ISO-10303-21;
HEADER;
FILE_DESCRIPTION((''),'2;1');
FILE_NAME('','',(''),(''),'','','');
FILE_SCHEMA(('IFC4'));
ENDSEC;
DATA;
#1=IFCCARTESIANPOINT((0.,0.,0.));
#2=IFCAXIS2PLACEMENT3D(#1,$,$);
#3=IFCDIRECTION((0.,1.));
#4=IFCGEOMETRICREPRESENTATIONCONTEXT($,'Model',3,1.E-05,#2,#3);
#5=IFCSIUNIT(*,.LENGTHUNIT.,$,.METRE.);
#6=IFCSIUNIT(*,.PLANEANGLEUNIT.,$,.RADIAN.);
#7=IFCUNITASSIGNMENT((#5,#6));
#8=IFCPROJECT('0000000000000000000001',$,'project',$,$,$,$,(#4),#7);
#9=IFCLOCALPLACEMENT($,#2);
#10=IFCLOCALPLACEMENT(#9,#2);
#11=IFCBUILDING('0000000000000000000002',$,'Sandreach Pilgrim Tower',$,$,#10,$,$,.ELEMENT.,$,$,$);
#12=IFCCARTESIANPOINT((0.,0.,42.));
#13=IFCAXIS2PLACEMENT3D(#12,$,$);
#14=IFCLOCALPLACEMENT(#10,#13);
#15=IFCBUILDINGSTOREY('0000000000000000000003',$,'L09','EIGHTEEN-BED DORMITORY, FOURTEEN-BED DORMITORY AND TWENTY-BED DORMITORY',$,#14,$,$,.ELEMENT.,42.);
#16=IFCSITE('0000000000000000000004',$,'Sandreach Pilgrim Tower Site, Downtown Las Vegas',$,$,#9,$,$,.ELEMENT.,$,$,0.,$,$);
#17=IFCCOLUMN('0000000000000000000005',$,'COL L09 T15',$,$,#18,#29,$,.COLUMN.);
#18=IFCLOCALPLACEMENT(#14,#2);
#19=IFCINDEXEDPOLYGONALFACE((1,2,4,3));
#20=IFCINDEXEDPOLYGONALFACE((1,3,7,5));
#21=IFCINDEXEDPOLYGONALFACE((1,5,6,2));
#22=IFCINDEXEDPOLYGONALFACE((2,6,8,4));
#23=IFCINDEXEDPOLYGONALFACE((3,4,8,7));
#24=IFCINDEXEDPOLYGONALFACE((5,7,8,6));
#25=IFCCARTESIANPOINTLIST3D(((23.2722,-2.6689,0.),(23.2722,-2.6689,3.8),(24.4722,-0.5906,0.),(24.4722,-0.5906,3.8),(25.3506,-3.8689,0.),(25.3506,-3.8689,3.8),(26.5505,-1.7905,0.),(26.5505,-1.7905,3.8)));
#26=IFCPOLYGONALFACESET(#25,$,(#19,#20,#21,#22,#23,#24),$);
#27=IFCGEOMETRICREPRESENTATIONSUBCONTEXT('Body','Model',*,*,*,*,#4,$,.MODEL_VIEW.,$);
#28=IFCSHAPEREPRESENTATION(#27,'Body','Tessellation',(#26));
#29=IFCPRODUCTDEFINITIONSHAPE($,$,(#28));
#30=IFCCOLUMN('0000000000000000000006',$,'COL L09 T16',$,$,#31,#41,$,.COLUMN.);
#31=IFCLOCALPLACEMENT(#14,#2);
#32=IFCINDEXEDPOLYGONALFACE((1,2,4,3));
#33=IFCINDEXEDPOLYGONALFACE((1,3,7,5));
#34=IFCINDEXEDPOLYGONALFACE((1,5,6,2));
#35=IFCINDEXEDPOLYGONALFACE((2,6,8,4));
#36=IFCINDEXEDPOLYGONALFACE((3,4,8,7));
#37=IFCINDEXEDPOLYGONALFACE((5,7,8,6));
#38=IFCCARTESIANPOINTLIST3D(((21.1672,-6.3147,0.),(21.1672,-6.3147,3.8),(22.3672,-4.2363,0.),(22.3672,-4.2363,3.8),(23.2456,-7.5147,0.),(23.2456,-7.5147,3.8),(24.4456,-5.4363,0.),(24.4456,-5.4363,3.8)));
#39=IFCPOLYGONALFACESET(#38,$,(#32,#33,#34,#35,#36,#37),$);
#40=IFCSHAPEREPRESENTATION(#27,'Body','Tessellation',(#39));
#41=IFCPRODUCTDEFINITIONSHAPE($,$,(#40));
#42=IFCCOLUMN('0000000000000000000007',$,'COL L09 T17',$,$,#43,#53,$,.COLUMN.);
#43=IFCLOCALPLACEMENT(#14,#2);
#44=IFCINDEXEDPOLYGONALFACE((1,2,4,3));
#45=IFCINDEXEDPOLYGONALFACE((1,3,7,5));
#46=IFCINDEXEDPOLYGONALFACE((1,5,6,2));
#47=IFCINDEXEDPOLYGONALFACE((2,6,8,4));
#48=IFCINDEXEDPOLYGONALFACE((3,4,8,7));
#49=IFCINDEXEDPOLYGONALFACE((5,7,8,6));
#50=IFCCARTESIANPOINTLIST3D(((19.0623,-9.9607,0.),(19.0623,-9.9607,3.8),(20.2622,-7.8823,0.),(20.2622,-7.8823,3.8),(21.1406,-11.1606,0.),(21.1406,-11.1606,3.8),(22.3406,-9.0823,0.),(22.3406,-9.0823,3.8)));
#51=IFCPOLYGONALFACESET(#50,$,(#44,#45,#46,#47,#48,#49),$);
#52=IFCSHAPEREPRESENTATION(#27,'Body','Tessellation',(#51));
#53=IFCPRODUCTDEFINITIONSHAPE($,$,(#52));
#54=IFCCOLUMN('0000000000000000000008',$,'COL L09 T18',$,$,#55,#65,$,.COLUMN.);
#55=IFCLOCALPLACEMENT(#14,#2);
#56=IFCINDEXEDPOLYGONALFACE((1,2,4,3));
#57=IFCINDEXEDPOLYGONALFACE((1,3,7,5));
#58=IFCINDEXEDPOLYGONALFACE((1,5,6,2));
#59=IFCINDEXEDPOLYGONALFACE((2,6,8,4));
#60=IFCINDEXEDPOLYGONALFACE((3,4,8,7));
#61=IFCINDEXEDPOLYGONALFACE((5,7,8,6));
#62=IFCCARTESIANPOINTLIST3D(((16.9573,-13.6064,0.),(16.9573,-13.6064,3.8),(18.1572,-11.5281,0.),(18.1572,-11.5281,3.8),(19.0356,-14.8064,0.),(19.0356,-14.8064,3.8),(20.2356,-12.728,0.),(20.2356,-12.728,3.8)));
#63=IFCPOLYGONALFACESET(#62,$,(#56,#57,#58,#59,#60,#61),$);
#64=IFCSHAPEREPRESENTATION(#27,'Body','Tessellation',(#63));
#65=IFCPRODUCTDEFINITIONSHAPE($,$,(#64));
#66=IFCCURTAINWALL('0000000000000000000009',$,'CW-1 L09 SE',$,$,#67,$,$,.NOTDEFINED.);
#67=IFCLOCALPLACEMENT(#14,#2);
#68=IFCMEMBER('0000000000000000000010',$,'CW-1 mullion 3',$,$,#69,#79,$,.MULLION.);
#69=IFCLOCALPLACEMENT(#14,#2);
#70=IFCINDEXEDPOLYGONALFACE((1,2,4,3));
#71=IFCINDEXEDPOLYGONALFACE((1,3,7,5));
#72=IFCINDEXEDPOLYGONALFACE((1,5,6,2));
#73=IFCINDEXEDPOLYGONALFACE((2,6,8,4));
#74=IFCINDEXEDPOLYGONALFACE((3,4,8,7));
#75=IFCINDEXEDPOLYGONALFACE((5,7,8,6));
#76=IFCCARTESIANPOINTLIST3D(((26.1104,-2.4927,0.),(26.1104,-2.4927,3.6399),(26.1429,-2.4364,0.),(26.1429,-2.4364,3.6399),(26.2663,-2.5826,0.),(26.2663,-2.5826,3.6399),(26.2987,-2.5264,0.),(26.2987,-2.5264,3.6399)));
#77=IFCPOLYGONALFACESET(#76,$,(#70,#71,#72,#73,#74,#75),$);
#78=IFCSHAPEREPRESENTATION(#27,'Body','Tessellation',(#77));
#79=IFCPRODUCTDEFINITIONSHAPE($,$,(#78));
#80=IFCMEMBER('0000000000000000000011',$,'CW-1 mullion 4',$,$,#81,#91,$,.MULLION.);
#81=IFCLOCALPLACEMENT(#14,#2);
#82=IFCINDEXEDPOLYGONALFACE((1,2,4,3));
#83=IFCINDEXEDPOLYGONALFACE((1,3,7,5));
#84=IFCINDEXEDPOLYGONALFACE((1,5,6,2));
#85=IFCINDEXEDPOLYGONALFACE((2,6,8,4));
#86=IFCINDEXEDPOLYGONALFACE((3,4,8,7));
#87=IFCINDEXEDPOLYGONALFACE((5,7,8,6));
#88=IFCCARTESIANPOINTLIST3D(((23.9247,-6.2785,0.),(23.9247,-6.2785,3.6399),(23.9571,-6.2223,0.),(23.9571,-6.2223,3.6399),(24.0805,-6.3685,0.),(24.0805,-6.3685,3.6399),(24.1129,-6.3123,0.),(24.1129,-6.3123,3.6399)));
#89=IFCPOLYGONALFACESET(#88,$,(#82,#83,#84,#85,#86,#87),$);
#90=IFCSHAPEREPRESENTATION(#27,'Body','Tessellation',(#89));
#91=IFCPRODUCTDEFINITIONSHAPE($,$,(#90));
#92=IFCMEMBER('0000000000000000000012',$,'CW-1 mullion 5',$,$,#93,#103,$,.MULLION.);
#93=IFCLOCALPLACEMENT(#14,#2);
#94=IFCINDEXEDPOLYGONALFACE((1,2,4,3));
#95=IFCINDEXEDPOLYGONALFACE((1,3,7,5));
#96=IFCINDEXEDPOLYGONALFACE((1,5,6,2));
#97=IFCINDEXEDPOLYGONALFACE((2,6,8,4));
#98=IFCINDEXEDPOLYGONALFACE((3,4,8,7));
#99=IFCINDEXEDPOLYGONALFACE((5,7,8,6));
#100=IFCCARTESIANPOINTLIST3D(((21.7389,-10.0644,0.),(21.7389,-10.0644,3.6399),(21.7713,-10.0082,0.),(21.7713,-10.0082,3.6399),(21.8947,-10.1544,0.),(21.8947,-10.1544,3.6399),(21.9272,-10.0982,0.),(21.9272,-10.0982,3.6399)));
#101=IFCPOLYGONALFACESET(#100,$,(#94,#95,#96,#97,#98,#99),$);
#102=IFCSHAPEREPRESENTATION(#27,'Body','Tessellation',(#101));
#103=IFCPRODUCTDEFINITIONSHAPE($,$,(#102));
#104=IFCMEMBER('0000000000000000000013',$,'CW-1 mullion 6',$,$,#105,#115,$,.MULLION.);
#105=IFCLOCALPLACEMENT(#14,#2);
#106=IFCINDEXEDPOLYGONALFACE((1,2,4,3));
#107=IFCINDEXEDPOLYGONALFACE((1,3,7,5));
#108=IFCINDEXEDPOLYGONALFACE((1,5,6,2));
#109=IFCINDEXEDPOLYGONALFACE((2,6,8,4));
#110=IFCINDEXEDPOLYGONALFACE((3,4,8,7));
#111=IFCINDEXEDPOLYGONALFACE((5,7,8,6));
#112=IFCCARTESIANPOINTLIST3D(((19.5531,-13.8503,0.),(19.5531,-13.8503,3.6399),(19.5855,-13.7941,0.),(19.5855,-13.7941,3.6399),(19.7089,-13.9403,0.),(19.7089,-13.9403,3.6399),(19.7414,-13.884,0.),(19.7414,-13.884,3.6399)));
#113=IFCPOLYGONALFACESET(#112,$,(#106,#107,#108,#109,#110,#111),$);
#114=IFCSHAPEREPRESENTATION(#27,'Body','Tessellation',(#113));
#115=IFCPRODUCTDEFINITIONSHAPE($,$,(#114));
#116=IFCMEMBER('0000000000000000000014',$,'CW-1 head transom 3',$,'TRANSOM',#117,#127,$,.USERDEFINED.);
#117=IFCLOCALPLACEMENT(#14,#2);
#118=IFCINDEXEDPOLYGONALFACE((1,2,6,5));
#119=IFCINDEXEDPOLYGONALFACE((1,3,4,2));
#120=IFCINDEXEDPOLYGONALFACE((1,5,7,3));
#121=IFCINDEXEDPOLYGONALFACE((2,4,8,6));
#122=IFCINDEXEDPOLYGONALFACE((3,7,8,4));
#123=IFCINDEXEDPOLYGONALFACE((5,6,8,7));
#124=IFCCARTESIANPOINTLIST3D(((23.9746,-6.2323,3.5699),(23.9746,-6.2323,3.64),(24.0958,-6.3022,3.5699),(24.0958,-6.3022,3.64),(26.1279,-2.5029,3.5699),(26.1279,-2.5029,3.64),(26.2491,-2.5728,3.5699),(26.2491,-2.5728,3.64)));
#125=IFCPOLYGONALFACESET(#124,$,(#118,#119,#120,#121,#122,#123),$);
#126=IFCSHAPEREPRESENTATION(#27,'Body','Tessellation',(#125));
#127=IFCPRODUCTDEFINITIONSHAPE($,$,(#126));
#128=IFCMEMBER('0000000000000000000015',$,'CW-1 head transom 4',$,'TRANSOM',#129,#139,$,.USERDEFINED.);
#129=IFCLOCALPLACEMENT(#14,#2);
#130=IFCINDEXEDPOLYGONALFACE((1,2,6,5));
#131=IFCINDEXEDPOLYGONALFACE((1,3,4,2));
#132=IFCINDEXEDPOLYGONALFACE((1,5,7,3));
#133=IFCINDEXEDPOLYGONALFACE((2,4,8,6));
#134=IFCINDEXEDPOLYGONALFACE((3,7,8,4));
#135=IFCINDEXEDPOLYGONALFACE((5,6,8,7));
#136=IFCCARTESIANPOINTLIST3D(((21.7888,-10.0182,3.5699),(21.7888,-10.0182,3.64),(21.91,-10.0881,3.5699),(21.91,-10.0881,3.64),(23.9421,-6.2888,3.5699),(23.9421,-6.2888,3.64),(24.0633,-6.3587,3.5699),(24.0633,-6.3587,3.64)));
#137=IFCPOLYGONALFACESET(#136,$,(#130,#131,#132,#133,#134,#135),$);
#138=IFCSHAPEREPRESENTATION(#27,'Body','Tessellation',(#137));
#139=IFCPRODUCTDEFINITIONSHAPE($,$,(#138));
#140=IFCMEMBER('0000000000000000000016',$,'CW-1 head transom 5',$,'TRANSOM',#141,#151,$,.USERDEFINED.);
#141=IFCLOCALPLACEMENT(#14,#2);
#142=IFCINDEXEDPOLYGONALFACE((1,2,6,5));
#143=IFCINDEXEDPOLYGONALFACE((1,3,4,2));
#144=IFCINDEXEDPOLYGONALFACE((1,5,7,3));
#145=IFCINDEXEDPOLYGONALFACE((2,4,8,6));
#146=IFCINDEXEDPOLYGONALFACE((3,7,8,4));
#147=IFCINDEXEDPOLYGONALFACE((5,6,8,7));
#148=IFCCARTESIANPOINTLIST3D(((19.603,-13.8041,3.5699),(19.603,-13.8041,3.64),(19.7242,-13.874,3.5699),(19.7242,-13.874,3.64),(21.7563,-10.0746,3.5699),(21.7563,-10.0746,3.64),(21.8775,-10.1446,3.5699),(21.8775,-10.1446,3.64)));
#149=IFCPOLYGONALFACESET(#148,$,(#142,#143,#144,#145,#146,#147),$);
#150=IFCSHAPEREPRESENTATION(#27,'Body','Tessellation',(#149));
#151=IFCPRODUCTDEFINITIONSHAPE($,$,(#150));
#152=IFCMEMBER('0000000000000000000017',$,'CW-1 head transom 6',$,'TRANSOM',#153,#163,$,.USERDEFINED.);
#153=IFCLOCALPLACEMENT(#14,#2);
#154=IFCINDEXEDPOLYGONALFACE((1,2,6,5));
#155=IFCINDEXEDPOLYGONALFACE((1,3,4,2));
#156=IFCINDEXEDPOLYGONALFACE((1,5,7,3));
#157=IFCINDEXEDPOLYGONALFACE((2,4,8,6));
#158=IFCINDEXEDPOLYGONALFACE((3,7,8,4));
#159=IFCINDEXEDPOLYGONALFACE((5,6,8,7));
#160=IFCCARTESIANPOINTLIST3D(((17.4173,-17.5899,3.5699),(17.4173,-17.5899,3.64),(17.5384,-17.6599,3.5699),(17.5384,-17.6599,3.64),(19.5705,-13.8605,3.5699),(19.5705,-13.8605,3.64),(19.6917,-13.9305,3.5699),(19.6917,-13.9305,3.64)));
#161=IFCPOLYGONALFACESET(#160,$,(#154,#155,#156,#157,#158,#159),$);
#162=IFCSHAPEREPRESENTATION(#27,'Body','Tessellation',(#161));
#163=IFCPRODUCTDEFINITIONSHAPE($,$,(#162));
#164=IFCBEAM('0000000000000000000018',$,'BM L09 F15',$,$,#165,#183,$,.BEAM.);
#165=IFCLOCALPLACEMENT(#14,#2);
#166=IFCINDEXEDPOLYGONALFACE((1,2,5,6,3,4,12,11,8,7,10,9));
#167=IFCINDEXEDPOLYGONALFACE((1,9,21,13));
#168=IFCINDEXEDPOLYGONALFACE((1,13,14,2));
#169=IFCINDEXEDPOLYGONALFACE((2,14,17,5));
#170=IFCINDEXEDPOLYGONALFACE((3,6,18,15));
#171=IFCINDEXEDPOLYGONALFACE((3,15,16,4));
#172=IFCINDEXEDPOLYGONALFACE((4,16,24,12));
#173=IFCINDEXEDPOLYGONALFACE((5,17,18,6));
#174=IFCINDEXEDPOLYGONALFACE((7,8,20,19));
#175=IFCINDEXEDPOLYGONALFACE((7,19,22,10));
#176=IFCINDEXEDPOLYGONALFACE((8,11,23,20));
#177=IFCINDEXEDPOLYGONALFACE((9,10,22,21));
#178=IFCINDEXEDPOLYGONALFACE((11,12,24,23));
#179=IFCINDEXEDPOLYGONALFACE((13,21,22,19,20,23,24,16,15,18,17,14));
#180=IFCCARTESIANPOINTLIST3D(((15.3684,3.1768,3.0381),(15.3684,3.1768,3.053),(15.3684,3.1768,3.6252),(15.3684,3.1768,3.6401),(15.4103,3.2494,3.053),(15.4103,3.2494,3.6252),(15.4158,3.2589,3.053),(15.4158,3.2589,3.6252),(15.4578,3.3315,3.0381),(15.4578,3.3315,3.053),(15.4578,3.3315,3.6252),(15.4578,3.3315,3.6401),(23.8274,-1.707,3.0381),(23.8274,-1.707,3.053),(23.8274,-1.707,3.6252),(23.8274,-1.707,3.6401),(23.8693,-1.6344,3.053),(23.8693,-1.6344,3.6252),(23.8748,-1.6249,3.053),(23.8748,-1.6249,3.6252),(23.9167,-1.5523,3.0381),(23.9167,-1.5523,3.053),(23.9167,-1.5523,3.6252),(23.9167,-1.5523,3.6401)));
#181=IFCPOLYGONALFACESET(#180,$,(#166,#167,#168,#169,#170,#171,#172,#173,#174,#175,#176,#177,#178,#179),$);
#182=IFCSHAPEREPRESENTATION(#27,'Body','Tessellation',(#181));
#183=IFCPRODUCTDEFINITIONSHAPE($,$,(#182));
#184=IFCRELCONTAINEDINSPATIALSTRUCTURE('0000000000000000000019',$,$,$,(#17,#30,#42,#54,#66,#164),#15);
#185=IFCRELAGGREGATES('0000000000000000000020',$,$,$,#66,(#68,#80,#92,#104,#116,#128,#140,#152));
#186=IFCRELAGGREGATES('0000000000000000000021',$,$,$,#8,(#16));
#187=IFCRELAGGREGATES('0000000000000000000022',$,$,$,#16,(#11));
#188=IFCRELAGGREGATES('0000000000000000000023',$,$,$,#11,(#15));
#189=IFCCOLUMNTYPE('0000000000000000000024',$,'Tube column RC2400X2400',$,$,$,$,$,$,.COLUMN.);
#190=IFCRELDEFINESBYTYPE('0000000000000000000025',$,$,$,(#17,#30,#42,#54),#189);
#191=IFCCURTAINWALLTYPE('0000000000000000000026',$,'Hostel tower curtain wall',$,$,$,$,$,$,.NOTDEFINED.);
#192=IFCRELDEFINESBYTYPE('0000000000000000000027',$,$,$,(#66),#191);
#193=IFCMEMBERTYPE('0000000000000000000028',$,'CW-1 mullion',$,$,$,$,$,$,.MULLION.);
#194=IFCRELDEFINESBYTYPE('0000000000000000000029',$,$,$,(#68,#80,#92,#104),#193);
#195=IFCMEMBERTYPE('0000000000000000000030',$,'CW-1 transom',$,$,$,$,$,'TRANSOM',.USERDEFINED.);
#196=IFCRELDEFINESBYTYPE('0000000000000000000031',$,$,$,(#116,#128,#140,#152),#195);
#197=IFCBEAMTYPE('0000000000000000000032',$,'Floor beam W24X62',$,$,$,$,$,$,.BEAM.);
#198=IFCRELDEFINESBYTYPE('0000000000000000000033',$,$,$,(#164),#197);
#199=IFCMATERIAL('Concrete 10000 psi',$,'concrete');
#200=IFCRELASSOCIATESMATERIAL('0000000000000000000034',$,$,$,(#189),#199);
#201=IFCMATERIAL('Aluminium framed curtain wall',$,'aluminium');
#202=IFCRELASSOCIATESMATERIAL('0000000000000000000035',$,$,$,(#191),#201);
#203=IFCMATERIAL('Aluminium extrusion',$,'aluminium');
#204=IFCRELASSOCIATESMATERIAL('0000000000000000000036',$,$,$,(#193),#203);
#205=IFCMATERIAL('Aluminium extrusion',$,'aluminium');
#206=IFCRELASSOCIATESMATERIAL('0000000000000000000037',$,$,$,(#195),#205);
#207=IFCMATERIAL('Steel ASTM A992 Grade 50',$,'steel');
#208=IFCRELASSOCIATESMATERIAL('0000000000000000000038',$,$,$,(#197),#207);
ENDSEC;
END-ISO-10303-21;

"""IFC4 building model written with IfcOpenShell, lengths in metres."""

from ifc_helpers import new_model, si_unit, direction, frame, origin, origin_2d, place, context, subcontext, project, spatial, rectangle, i_section, extrude, material, material_profile, profile_set, type_object, element, aggregate, save


model = new_model("IFC4")

# Units and contexts
model_context = context("Model", 3, precision=1e-05, world=origin(), true_north=direction((0.0, 1.0)))
body_context = subcontext(model_context, "Body", "Model", "MODEL_VIEW")
ifc_project = project(units=[si_unit("LENGTHUNIT", "METRE"), si_unit("PLANEANGLEUNIT", "RADIAN")], contexts=[model_context])

# Site, building, storey
site_placement = place(None, origin())
site = spatial("IfcSite", under=ifc_project, at=site_placement, Name="Sandreach Pilgrim Tower Site, Downtown Las Vegas", CompositionType="ELEMENT", RefElevation=0.0)
building_placement = place(site_placement, origin())
building = spatial("IfcBuilding", under=site, at=building_placement, Name="Sandreach Pilgrim Tower", CompositionType="ELEMENT")
storey_placement = place(building_placement, frame((0.0, 0.0, 42.0)))
storey = spatial("IfcBuildingStorey", under=building, at=storey_placement, Name="L09", Description="EIGHTEEN-BED DORMITORY, FOURTEEN-BED DORMITORY AND TWENTY-BED DORMITORY", CompositionType="ELEMENT", Elevation=42.0)

# Columns
ifc_material_1 = material(Name="Concrete 10000 psi", Category="concrete")
ifc_material_profile_1 = material_profile(ifc_material_1, rectangle(XDim=2.3999, YDim=2.3999, at=origin_2d()), Name="RC2400X2400")
ifc_profile_set_1 = profile_set([ifc_material_profile_1], Name="Concrete 10000 psi")
column_type = type_object("IfcColumnType", Name="Tube column RC2400X2400", PredefinedType="COLUMN", material=ifc_profile_set_1)
for number, where, z_axis, x_axis, name in (
    (1, (24.9114, -2.2297, 0.0), (0.0, 0.0, 1.0), (0.866025, -0.5, 0.0), "COL L09 T15"),
    (2, (22.8064, -5.8755, 0.0), (0.0, 0.0, 1.0), (0.866025, -0.5, 0.0), "COL L09 T16"),
    (3, (20.7014, -9.5215, 0.0), (0.0, 0.0, 1.0), (0.866025, -0.5, 0.0), "COL L09 T17"),
    (4, (18.5964, -13.1672, 0.0), (0.0, 0.0, 1.0), (0.866025, -0.5, 0.0), "COL L09 T18"),
):
    element("IfcColumn", number, at=place(storey_placement, frame(where, z_axis=z_axis, x_axis=x_axis)), inside=storey, type_object=column_type, Name=name, PredefinedType="COLUMN", context=body_context, shape_type="SweptSolid", body=[
        extrude(rectangle(XDim=2.3999, YDim=2.3999, at=origin_2d()), origin(), (0.0, 0.0, 1.0), 3.8),
    ])

# Curtain wall, members
ifc_material_2 = material(Name="Aluminium framed curtain wall", Category="aluminium")
curtain_wall_type = type_object("IfcCurtainWallType", Name="Hostel tower curtain wall", PredefinedType="NOTDEFINED", material=ifc_material_2)
curtain_wall_placement = place(storey_placement, origin())
curtain_wall = element("IfcCurtainWall", 5, at=curtain_wall_placement, inside=storey, type_object=curtain_wall_type, Name="CW-1 L09 SE", PredefinedType="NOTDEFINED")
ifc_material_3 = material(Name="Aluminium extrusion", Category="aluminium")
ifc_material_profile_2 = material_profile(ifc_material_3, rectangle(XDim=0.0649, YDim=0.1799, at=origin_2d()), Name="CW-1M 65X180")
ifc_profile_set_2 = profile_set([ifc_material_profile_2], Name="Aluminium extrusion")
member_type_1 = type_object("IfcMemberType", Name="CW-1 mullion", PredefinedType="MULLION", material=ifc_profile_set_2)
member_1_placement = place(storey_placement, frame((26.2046, -2.5095, 0.0), z_axis=(0.0, 0.0, 1.0), x_axis=(-0.5, -0.866025, 0.0)))
member_1 = element("IfcMember", 6, at=member_1_placement, type_object=member_type_1, Name="CW-1 mullion 3", PredefinedType="MULLION", context=body_context, shape_type="SweptSolid", body=[
    extrude(rectangle(XDim=0.0649, YDim=0.1799, at=origin_2d()), origin(), (0.0, 0.0, 1.0), 3.6399),
])
member_2_placement = place(storey_placement, frame((24.0188, -6.2954, 0.0), z_axis=(0.0, 0.0, 1.0), x_axis=(-0.5, -0.866025, 0.0)))
member_2 = element("IfcMember", 7, at=member_2_placement, type_object=member_type_1, Name="CW-1 mullion 4", PredefinedType="MULLION", context=body_context, shape_type="SweptSolid", body=[
    extrude(rectangle(XDim=0.0649, YDim=0.1799, at=origin_2d()), origin(), (0.0, 0.0, 1.0), 3.6399),
])
member_3_placement = place(storey_placement, frame((21.833, -10.0813, 0.0), z_axis=(0.0, 0.0, 1.0), x_axis=(-0.5, -0.866025, 0.0)))
member_3 = element("IfcMember", 8, at=member_3_placement, type_object=member_type_1, Name="CW-1 mullion 5", PredefinedType="MULLION", context=body_context, shape_type="SweptSolid", body=[
    extrude(rectangle(XDim=0.0649, YDim=0.1799, at=origin_2d()), origin(), (0.0, 0.0, 1.0), 3.6399),
])
member_4_placement = place(storey_placement, frame((19.6472, -13.8672, 0.0), z_axis=(0.0, 0.0, 1.0), x_axis=(-0.5, -0.866025, 0.0)))
member_4 = element("IfcMember", 9, at=member_4_placement, type_object=member_type_1, Name="CW-1 mullion 6", PredefinedType="MULLION", context=body_context, shape_type="SweptSolid", body=[
    extrude(rectangle(XDim=0.0649, YDim=0.1799, at=origin_2d()), origin(), (0.0, 0.0, 1.0), 3.6399),
])
ifc_material_4 = material(Name="Aluminium extrusion", Category="aluminium")
ifc_material_profile_3 = material_profile(ifc_material_4, rectangle(XDim=0.1399, YDim=0.0701, at=origin_2d()), Name="CW-1T 140X70")
ifc_profile_set_3 = profile_set([ifc_material_profile_3], Name="Aluminium extrusion")
member_type_2 = type_object("IfcMemberType", Name="CW-1 transom", ElementType="TRANSOM", PredefinedType="USERDEFINED", material=ifc_profile_set_3)
member_5_placement = place(storey_placement, frame((26.1885, -2.5378, 3.605), z_axis=(-0.500017, -0.866016, 0.0), x_axis=(0.866016, -0.500017, 0.0)))
member_5 = element("IfcMember", 10, at=member_5_placement, type_object=member_type_2, Name="CW-1 head transom 3", ObjectType="TRANSOM", PredefinedType="USERDEFINED", context=body_context, shape_type="SweptSolid", body=[
    extrude(rectangle(XDim=0.1399, YDim=0.0701, at=origin_2d()), origin(), (0.0, 0.0, 1.0), 4.3064),
])
member_6_placement = place(storey_placement, frame((24.0027, -6.3237, 3.605), z_axis=(-0.500017, -0.866016, 0.0), x_axis=(0.866016, -0.500017, 0.0)))
member_6 = element("IfcMember", 11, at=member_6_placement, type_object=member_type_2, Name="CW-1 head transom 4", ObjectType="TRANSOM", PredefinedType="USERDEFINED", context=body_context, shape_type="SweptSolid", body=[
    extrude(rectangle(XDim=0.1399, YDim=0.0701, at=origin_2d()), origin(), (0.0, 0.0, 1.0), 4.3064),
])
member_7_placement = place(storey_placement, frame((21.8169, -10.1096, 3.605), z_axis=(-0.500017, -0.866016, 0.0), x_axis=(0.866016, -0.500017, 0.0)))
member_7 = element("IfcMember", 12, at=member_7_placement, type_object=member_type_2, Name="CW-1 head transom 5", ObjectType="TRANSOM", PredefinedType="USERDEFINED", context=body_context, shape_type="SweptSolid", body=[
    extrude(rectangle(XDim=0.1399, YDim=0.0701, at=origin_2d()), origin(), (0.0, 0.0, 1.0), 4.3064),
])
member_8_placement = place(storey_placement, frame((19.6311, -13.8955, 3.605), z_axis=(-0.500017, -0.866016, 0.0), x_axis=(0.866016, -0.500017, 0.0)))
member_8 = element("IfcMember", 13, at=member_8_placement, type_object=member_type_2, Name="CW-1 head transom 6", ObjectType="TRANSOM", PredefinedType="USERDEFINED", context=body_context, shape_type="SweptSolid", body=[
    extrude(rectangle(XDim=0.1399, YDim=0.0701, at=origin_2d()), origin(), (0.0, 0.0, 1.0), 4.3064),
])

# Beam
ifc_material_5 = material(Name="Steel ASTM A992 Grade 50", Category="steel")
ifc_material_profile_4 = material_profile(ifc_material_5, i_section(OverallWidth=0.1787, OverallDepth=0.6021, WebThickness=0.011, FlangeThickness=0.0149, at=origin_2d()), Name="W24X62")
ifc_profile_set_4 = profile_set([ifc_material_profile_4], Name="Steel ASTM A992 Grade 50")
beam_type_1 = type_object("IfcBeamType", Name="Floor beam W24X62", PredefinedType="BEAM", material=ifc_profile_set_4)
beam_1_placement = place(storey_placement, frame((23.8721, -1.6296, 3.3391), z_axis=(-0.866026, 0.499999, 0.0), x_axis=(-0.499999, -0.866026, 0.0)))
element("IfcBeam", 14, at=beam_1_placement, inside=storey, type_object=beam_type_1, Name="BM L09 F15", PredefinedType="BEAM", context=body_context, shape_type="SweptSolid", body=[
    extrude(i_section(OverallWidth=0.1787, OverallDepth=0.6021, WebThickness=0.011, FlangeThickness=0.0149, at=origin_2d()), origin(), (0.0, 0.0, 1.0), 9.7676),
])

aggregate(curtain_wall, [member_1, member_2, member_3, member_4, member_5, member_6, member_7, member_8])

save(model, "model.ifc")
